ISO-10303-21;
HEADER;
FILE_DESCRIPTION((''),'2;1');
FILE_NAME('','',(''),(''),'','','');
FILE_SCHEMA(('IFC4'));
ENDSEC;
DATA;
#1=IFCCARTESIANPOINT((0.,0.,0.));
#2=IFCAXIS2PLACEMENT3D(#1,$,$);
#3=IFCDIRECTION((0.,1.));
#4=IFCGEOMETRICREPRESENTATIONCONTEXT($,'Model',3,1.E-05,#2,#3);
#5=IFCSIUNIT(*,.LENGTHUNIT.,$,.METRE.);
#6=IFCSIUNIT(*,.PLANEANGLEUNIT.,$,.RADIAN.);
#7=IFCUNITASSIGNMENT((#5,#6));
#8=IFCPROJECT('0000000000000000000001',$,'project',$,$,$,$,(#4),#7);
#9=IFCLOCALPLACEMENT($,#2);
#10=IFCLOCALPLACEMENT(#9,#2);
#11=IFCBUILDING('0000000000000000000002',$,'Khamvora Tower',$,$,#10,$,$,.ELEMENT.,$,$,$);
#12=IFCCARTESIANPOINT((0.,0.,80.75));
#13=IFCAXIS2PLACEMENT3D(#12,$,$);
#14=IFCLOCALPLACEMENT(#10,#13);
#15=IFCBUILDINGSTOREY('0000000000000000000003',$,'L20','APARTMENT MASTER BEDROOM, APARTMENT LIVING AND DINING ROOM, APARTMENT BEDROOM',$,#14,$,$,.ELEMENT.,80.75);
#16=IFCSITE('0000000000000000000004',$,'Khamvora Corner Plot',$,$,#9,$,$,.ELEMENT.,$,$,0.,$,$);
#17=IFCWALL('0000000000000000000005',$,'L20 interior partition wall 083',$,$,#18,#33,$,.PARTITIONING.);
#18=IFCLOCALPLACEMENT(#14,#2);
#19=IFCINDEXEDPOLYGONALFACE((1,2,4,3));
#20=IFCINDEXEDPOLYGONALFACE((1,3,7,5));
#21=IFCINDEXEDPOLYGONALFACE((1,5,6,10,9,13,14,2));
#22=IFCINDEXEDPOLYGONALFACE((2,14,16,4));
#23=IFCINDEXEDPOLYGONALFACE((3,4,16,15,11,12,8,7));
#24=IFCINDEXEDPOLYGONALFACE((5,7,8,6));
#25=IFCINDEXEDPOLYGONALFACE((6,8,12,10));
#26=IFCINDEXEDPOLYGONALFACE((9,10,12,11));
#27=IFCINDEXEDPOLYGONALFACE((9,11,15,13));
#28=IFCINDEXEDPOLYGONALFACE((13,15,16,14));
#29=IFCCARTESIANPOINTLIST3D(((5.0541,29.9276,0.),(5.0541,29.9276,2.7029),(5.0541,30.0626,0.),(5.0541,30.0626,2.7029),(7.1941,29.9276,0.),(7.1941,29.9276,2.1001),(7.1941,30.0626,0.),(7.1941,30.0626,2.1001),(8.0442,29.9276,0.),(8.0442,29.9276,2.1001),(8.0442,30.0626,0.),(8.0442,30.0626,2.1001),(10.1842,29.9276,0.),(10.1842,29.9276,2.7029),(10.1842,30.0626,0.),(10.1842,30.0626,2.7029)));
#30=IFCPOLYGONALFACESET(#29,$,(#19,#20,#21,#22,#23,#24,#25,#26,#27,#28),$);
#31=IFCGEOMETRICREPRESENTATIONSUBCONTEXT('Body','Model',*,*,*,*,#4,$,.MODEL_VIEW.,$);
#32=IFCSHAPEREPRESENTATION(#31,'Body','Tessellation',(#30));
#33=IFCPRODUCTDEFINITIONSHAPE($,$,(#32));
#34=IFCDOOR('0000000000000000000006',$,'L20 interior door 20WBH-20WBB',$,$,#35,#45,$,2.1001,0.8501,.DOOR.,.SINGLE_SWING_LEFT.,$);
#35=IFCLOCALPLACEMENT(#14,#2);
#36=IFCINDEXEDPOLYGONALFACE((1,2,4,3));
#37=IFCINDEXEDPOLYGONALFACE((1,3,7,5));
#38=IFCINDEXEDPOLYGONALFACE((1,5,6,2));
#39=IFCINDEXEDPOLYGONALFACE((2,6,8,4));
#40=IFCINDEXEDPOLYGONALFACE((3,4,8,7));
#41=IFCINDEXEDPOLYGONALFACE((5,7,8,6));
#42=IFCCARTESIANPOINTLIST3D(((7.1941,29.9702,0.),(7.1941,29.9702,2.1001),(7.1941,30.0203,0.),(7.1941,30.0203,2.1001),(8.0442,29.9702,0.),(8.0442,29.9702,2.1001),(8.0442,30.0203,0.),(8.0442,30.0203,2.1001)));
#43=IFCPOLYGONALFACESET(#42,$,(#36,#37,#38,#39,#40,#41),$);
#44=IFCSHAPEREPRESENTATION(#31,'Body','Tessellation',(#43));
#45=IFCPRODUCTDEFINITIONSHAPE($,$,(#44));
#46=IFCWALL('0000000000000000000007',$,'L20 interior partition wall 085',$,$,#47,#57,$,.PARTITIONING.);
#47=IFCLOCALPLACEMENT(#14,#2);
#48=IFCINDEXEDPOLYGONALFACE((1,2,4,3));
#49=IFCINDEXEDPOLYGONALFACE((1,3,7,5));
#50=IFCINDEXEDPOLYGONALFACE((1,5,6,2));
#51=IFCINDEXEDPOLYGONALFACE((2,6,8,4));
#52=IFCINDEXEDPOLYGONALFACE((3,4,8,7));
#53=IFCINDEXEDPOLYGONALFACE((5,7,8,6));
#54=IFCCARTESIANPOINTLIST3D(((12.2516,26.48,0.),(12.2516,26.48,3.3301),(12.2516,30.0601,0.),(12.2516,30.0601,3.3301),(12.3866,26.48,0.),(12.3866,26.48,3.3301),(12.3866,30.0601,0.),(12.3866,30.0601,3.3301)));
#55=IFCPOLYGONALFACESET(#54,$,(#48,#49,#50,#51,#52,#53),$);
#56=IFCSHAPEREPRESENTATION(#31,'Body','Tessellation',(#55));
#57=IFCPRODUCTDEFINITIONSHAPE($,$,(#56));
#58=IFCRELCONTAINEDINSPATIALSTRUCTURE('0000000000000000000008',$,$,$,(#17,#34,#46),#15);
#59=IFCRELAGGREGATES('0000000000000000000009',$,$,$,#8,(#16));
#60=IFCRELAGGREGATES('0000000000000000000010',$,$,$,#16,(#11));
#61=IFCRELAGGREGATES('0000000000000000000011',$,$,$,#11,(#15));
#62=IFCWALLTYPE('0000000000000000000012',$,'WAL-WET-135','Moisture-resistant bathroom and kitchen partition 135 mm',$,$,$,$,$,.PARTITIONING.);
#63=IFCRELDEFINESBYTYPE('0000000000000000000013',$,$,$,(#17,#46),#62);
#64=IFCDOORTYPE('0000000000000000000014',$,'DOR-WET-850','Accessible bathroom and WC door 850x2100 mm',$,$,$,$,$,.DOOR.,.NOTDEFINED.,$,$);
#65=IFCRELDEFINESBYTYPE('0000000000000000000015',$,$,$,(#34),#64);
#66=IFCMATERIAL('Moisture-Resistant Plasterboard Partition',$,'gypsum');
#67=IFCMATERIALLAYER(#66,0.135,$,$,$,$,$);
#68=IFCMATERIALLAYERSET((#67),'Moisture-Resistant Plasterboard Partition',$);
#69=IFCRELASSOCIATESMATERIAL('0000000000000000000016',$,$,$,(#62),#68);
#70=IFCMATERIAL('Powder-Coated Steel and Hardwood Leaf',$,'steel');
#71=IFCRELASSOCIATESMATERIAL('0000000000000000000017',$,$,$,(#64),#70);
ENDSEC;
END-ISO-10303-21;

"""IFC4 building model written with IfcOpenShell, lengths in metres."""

from ifc_helpers import new_model, si_unit, direction, frame, frame_2d, origin, place, context, subcontext, project, spatial, rectangle, extrude, material, layer, layer_set, type_object, element, fill, save


model = new_model("IFC4")

# Units and contexts
model_context = context("Model", 3, precision=1e-05, world=origin(), true_north=direction((0.0, 1.0)))
body_context = subcontext(model_context, "Body", "Model", "MODEL_VIEW")
ifc_project = project(units=[si_unit("LENGTHUNIT", "METRE"), si_unit("PLANEANGLEUNIT", "RADIAN")], contexts=[model_context])

# Site, building, storey
site_placement = place(None, origin())
site = spatial("IfcSite", under=ifc_project, at=site_placement, Name="Khamvora Corner Plot", CompositionType="ELEMENT", RefElevation=0.0)
building_placement = place(site_placement, origin())
building = spatial("IfcBuilding", under=site, at=building_placement, Name="Khamvora Tower", CompositionType="ELEMENT")
storey_placement = place(building_placement, frame((0.0, 0.0, 80.75)))
storey = spatial("IfcBuildingStorey", under=building, at=storey_placement, Name="L20", Description="APARTMENT MASTER BEDROOM, APARTMENT LIVING AND DINING ROOM, APARTMENT BEDROOM", CompositionType="ELEMENT", Elevation=80.75)

# Shared definitions
ifc_material_1 = material(Name="Powder-Coated Steel and Hardwood Leaf", Category="steel")

# Shared definitions
ifc_material_2 = material(Name="Moisture-Resistant Plasterboard Partition", Category="gypsum")
ifc_layer_1 = layer(ifc_material_2, 0.135)
ifc_layer_set_1 = layer_set([ifc_layer_1], Name="Moisture-Resistant Plasterboard Partition")
wall_type_1 = type_object("IfcWallType", Name="WAL-WET-135", Description="Moisture-resistant bathroom and kitchen partition 135 mm", PredefinedType="PARTITIONING", material=ifc_layer_set_1)

# Wall, opening, door
wall_1_placement = place(storey_placement, frame((10.1841, 29.9951, 0.0), z_axis=(0.0, 0.0, 1.0), x_axis=(-1.0, 0.0, 0.0)))
wall_1 = element("IfcWall", 1, at=wall_1_placement, inside=storey, type_object=wall_type_1, Name="L20 interior partition wall 083", PredefinedType="PARTITIONING", context=body_context, shape_type="SweptSolid", body=[
    extrude(rectangle(XDim=5.1301, YDim=0.135, at=frame_2d((2.5649, 0.0))), origin(), (0.0, 0.0, 1.0), 2.7029),
])
opening_1_placement = place(wall_1_placement, frame((2.1399, 0.0, 0.0)))
opening_1 = element("IfcOpeningElement", 2, at=opening_1_placement, cuts=wall_1, PredefinedType="OPENING", context=body_context, shape_type="SweptSolid", body=[
    extrude(rectangle(XDim=0.8501, YDim=2.1001, at=frame_2d((0.425, 1.05))), frame((0.0, 0.0774, 0.0), z_axis=(0.0, -1.0, 0.0), x_axis=(1.0, 0.0, 0.0)), (0.0, 0.0, 1.0), 0.155),
])
door_type_1 = type_object("IfcDoorType", Name="DOR-WET-850", Description="Accessible bathroom and WC door 850x2100 mm", OperationType="NOTDEFINED", PredefinedType="DOOR", material=ifc_material_1)
door_1_placement = place(opening_1_placement, origin())
door_1 = element("IfcDoor", 3, at=door_1_placement, inside=storey, type_object=door_type_1, Name="L20 interior door 20WBH-20WBB", OperationType="SINGLE_SWING_LEFT", OverallHeight=2.1001, OverallWidth=0.8501, PredefinedType="DOOR", context=body_context, shape_type="SweptSolid", body=[
    extrude(rectangle(XDim=0.8501, YDim=2.1001, at=frame_2d((0.425, 1.05))), frame((0.0, 0.0249, 0.0), z_axis=(0.0, -1.0, 0.0), x_axis=(1.0, 0.0, 0.0)), (0.0, 0.0, 1.0), 0.05),
])
fill(opening_1, door_1)

# Wall
wall_2_placement = place(storey_placement, frame((12.3191, 30.0601, 0.0), z_axis=(0.0, 0.0, 1.0), x_axis=(0.0, -1.0, 0.0)))
element("IfcWall", 4, at=wall_2_placement, inside=storey, type_object=wall_type_1, Name="L20 interior partition wall 085", PredefinedType="PARTITIONING", context=body_context, shape_type="SweptSolid", body=[
    extrude(rectangle(XDim=3.5801, YDim=0.135, at=frame_2d((1.79, 0.0))), origin(), (0.0, 0.0, 1.0), 3.3301),
])

save(model, "model.ifc")
